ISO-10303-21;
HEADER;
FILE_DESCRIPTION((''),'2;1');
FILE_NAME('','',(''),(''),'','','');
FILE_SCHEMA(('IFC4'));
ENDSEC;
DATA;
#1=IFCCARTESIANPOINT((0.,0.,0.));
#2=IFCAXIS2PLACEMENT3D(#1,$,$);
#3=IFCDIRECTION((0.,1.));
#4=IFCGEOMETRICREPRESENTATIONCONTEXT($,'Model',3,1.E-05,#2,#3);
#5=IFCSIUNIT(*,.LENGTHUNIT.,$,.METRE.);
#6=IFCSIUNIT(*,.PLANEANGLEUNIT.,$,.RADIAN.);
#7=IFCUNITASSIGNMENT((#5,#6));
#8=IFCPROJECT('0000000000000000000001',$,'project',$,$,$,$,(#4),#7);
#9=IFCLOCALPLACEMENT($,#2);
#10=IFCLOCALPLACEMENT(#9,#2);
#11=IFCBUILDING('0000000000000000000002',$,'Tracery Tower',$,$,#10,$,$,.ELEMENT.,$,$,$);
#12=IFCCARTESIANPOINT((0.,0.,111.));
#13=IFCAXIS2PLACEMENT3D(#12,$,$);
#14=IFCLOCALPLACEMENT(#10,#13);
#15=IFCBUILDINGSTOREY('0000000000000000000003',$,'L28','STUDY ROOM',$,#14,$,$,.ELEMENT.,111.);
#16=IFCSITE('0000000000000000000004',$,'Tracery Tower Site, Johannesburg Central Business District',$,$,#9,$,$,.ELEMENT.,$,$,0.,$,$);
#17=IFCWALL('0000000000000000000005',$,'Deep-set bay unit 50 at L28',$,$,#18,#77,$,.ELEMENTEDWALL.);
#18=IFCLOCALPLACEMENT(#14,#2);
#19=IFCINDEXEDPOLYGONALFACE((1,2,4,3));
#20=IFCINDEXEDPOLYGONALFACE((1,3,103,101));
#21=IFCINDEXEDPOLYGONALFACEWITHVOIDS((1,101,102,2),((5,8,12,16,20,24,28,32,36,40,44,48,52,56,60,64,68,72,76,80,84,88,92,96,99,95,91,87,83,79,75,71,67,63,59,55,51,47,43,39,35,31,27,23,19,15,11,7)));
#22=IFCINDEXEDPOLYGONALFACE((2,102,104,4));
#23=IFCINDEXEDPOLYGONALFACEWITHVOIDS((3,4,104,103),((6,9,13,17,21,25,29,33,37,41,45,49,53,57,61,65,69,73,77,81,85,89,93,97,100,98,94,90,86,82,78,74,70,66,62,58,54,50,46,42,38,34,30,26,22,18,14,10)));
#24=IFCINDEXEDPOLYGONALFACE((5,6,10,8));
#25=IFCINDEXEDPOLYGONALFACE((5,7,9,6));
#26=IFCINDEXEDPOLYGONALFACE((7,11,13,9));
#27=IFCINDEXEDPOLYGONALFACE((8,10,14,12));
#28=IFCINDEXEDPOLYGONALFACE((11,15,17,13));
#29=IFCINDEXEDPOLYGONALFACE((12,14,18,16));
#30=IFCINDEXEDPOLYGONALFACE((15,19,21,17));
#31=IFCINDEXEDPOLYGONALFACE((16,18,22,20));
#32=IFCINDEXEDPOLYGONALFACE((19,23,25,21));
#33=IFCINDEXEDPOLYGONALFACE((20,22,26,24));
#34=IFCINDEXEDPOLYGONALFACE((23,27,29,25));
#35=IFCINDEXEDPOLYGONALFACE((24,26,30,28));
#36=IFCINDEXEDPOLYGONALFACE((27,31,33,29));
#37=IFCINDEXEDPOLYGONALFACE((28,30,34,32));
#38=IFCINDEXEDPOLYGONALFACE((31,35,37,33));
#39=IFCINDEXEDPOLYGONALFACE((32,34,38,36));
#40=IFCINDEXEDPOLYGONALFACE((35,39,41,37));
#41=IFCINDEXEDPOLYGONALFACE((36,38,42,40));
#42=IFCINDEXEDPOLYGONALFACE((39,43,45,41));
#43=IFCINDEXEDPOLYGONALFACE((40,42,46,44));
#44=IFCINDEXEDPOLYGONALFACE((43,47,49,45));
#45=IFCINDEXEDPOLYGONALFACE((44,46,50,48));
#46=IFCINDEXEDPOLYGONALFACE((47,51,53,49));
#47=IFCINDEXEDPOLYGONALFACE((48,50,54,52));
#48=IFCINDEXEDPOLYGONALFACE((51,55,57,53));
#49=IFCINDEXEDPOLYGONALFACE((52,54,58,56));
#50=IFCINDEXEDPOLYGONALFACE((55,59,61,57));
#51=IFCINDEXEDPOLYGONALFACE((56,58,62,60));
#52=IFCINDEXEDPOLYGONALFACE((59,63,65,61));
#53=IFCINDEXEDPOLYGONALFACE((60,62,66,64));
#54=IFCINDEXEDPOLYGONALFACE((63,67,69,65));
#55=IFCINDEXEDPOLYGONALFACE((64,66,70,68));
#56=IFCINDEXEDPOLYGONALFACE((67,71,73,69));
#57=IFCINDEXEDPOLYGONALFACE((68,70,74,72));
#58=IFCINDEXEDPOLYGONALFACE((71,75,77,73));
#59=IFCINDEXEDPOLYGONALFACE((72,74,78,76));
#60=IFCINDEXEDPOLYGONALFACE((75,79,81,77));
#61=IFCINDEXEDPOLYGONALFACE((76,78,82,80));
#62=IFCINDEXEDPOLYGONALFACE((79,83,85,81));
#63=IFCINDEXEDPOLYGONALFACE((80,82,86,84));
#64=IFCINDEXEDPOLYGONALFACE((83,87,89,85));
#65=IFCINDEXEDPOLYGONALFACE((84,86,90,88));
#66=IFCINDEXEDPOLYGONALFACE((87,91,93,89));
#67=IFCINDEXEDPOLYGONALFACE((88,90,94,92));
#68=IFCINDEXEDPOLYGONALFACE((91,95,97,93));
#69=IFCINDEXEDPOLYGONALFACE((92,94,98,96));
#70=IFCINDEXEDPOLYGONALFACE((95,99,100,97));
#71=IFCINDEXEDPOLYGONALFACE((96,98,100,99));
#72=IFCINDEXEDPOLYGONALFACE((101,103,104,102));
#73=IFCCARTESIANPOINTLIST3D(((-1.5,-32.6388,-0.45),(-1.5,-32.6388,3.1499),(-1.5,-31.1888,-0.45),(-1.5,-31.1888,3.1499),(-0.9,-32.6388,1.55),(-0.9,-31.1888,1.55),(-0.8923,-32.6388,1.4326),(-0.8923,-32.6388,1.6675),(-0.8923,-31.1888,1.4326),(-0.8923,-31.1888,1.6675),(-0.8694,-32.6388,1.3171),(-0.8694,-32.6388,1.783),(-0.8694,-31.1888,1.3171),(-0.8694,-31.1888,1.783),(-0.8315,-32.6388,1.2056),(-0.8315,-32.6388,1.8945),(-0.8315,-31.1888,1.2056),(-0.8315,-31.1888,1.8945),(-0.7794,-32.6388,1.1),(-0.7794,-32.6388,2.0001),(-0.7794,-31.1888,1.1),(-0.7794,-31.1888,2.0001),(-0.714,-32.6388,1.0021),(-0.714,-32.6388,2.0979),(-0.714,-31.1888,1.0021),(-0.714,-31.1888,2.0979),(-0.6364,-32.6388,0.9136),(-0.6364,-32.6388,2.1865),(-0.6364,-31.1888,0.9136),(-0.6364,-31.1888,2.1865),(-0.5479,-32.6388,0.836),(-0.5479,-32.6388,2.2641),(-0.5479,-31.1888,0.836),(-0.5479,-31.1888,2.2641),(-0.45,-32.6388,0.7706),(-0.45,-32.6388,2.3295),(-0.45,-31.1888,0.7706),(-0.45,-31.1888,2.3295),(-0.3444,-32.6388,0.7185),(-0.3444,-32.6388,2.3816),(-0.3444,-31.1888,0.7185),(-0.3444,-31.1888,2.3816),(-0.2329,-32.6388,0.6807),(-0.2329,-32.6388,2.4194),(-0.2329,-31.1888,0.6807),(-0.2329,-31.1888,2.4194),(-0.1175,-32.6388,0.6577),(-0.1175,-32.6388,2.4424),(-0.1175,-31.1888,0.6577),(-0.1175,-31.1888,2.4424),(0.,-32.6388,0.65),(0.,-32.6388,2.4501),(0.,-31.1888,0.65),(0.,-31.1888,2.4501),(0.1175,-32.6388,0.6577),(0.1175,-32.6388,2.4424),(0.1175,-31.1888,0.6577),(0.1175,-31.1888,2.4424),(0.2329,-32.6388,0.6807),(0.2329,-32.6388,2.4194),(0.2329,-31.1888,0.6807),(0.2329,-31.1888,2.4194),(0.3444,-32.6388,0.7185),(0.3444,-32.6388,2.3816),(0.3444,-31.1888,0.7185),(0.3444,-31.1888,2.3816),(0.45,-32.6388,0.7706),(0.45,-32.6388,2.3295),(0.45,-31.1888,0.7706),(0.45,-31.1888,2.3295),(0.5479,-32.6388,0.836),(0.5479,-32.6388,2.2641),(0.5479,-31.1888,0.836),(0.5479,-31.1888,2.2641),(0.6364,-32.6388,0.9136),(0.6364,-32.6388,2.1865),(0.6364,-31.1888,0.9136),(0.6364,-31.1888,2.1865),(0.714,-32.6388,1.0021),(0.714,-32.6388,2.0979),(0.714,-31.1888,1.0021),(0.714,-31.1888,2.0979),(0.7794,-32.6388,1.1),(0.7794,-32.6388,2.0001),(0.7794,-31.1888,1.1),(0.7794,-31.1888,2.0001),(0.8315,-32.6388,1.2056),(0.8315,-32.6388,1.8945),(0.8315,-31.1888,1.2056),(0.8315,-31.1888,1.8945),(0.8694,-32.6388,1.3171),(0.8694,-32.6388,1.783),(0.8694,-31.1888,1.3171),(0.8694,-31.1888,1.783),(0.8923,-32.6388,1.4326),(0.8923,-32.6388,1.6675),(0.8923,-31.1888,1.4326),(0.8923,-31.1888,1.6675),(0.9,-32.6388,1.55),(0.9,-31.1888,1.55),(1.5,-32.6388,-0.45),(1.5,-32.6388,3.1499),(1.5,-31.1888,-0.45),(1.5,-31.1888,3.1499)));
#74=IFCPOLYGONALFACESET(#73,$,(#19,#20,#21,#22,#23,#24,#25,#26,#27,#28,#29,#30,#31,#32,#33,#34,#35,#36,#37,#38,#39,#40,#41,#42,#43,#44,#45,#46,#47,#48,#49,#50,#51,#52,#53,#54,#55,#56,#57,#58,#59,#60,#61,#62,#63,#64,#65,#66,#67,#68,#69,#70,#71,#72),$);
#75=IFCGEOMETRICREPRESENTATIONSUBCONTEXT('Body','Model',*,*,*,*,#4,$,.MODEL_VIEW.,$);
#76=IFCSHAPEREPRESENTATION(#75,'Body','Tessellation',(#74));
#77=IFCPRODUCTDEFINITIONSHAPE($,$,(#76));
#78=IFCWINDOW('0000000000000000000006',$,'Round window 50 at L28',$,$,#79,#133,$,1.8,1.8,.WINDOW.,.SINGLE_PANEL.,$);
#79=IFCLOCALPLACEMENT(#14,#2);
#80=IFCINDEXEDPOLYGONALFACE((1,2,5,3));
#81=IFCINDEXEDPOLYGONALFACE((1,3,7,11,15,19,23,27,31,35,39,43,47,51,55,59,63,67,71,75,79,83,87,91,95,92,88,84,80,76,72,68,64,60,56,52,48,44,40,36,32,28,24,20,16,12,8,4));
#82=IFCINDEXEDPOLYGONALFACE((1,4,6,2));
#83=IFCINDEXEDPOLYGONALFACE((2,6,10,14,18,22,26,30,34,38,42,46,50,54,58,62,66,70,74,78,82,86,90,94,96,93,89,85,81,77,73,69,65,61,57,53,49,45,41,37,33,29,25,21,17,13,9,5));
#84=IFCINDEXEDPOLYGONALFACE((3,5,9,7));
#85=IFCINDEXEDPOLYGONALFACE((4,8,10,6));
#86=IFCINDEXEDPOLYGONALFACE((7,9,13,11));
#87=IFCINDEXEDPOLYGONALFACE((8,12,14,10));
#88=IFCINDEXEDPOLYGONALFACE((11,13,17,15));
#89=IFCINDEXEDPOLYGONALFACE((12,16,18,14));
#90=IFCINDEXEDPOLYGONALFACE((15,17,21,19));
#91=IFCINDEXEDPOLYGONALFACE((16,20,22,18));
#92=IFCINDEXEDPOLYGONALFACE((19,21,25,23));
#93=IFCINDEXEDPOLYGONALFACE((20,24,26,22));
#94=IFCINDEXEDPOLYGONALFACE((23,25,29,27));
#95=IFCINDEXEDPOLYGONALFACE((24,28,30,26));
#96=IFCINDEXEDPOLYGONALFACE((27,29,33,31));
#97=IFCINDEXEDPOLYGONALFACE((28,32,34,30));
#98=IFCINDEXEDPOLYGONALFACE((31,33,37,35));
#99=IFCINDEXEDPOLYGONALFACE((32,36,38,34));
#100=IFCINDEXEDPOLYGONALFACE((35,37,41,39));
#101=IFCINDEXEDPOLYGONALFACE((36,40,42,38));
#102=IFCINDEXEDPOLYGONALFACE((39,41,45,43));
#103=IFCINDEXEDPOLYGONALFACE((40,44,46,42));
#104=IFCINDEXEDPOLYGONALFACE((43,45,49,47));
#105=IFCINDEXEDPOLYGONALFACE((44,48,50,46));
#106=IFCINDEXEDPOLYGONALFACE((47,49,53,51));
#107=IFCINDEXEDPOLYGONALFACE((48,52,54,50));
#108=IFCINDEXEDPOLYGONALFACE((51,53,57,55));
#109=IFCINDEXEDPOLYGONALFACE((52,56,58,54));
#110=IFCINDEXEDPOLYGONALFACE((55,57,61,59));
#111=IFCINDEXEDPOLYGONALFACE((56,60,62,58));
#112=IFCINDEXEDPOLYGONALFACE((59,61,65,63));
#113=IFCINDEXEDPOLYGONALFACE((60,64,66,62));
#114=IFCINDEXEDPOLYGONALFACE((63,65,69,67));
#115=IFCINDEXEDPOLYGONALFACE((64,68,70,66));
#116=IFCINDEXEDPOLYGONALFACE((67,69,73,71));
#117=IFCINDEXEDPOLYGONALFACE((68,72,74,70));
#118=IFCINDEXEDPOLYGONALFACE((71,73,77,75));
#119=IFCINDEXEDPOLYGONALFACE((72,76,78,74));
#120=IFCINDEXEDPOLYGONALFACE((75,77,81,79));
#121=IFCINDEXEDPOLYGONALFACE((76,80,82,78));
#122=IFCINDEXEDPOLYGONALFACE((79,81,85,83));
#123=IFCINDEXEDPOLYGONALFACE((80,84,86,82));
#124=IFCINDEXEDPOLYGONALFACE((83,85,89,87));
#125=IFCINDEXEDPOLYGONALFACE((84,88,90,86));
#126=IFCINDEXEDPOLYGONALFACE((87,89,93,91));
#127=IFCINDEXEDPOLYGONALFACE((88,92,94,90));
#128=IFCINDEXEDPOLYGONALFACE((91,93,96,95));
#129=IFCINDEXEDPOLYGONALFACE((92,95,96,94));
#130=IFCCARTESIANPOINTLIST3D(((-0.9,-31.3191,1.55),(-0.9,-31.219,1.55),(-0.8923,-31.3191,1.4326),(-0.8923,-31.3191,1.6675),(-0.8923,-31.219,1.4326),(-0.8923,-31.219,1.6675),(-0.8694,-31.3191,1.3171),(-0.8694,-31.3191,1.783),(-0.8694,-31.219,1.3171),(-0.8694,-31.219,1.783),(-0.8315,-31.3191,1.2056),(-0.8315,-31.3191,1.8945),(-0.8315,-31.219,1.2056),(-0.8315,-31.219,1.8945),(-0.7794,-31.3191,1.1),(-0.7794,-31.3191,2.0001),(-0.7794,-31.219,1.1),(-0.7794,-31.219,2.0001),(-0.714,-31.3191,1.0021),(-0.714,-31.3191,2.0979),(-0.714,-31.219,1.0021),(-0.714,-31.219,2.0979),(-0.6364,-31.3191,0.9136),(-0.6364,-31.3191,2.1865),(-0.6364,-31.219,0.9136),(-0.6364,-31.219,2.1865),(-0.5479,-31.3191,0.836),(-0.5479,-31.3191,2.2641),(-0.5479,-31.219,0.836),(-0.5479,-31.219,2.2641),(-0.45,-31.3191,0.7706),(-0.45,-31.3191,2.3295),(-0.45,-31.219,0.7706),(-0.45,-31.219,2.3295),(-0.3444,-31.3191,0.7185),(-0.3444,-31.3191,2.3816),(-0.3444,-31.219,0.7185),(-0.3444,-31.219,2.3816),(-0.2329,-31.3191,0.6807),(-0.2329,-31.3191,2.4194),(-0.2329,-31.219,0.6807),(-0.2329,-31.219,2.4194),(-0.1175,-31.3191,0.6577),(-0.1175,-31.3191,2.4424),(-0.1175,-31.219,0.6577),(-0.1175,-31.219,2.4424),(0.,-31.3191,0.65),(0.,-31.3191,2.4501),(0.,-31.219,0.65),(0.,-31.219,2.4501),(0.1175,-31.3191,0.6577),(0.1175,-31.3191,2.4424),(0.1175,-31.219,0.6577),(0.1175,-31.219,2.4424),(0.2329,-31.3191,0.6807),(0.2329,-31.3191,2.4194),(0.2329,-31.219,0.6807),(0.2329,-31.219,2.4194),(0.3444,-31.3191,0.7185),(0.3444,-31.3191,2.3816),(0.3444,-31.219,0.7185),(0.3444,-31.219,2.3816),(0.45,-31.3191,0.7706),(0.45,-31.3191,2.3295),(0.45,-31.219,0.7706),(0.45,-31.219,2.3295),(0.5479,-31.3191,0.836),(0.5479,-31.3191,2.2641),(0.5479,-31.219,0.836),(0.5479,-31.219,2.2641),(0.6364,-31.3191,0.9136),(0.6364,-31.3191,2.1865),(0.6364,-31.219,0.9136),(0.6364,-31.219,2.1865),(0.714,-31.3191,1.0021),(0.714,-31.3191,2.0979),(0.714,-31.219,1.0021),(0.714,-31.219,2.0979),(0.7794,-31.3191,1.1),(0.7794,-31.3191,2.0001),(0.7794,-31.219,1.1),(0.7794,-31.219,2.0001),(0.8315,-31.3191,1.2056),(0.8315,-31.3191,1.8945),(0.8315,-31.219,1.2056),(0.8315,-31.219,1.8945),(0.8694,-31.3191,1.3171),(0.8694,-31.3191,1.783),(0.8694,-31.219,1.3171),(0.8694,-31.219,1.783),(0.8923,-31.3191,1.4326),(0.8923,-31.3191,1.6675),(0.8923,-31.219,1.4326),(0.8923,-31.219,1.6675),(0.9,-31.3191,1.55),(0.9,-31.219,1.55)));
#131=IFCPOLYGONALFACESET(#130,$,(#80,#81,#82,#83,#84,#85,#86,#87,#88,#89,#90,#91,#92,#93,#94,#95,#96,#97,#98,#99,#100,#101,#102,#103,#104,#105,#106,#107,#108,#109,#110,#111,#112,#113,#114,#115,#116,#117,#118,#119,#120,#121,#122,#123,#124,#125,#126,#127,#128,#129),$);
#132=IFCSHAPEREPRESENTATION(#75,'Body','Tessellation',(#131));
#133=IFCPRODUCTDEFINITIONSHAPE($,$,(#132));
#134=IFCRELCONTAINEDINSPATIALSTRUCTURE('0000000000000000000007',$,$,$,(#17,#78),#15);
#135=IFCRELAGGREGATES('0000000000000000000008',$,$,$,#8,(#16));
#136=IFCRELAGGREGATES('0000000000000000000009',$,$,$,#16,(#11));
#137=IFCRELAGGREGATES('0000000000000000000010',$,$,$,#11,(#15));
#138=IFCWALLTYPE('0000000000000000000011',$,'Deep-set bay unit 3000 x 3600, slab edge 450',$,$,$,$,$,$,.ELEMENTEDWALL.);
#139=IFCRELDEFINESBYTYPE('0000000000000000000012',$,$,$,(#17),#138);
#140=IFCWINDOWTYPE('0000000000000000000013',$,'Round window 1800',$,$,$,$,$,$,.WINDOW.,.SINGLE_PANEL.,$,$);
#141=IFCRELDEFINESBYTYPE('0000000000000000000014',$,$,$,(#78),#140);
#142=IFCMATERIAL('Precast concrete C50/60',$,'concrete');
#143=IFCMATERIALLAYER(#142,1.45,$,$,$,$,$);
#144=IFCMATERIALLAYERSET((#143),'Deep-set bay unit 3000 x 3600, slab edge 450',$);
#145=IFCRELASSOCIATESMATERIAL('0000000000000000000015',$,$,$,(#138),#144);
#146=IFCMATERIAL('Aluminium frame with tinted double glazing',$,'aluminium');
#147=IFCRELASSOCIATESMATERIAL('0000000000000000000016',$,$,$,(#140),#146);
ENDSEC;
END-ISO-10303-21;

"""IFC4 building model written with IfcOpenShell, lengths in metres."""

from ifc_helpers import new_model, si_unit, direction, frame, frame_2d, origin, origin_2d, place, context, subcontext, project, spatial, rectangle, circle, extrude, material, layer, layer_set, type_object, element, fill, save


model = new_model("IFC4")

# Units and contexts
model_context = context("Model", 3, precision=1e-05, world=origin(), true_north=direction((0.0, 1.0)))
body_context = subcontext(model_context, "Body", "Model", "MODEL_VIEW")
ifc_project = project(units=[si_unit("LENGTHUNIT", "METRE"), si_unit("PLANEANGLEUNIT", "RADIAN")], contexts=[model_context])

# Site, building, storey
site_placement = place(None, origin())
site = spatial("IfcSite", under=ifc_project, at=site_placement, Name="Tracery Tower Site, Johannesburg Central Business District", CompositionType="ELEMENT", RefElevation=0.0)
building_placement = place(site_placement, origin())
building = spatial("IfcBuilding", under=site, at=building_placement, Name="Tracery Tower", CompositionType="ELEMENT")
storey_placement = place(building_placement, frame((0.0, 0.0, 111.0)))
storey = spatial("IfcBuildingStorey", under=building, at=storey_placement, Name="L28", Description="STUDY ROOM", CompositionType="ELEMENT", Elevation=111.0)

# Wall, opening, window
ifc_material_1 = material(Name="Precast concrete C50/60", Category="concrete")
ifc_layer_1 = layer(ifc_material_1, 1.45)
ifc_layer_set_1 = layer_set([ifc_layer_1], Name="Deep-set bay unit 3000 x 3600, slab edge 450")
wall_type_1 = type_object("IfcWallType", Name="Deep-set bay unit 3000 x 3600, slab edge 450", PredefinedType="ELEMENTEDWALL", material=ifc_layer_set_1)
ifc_material_2 = material(Name="Aluminium frame with tinted double glazing", Category="aluminium")
window_type = type_object("IfcWindowType", Name="Round window 1800", PartitioningType="SINGLE_PANEL", PredefinedType="WINDOW", material=ifc_material_2)
wall_1_placement = place(storey_placement, frame((-1.5, -31.9138, -0.45), z_axis=(0.0, 0.0, 1.0), x_axis=(1.0, 0.0, 0.0)))
wall_1 = element("IfcWall", 1, at=wall_1_placement, inside=storey, type_object=wall_type_1, Name="Deep-set bay unit 50 at L28", PredefinedType="ELEMENTEDWALL", context=body_context, shape_type="SweptSolid", body=[
    extrude(rectangle(XDim=3.0, YDim=1.45, at=frame_2d((1.5, 0.0))), origin(), (0.0, 0.0, 1.0), 3.5999),
])
opening_1_placement = place(wall_1_placement, frame((1.5, 0.0, 2.0)))
opening_1 = element("IfcOpeningElement", 2, at=opening_1_placement, cuts=wall_1, PredefinedType="OPENING", context=body_context, shape_type="SweptSolid", body=[
    extrude(circle(Radius=0.9, at=origin_2d()), frame((0.0, 0.7349, 0.0), z_axis=(0.0, -1.0, 0.0), x_axis=(1.0, 0.0, 0.0)), (0.0, 0.0, 1.0), 1.47),
])
window_1_placement = place(opening_1_placement, origin())
window_1 = element("IfcWindow", 3, at=window_1_placement, inside=storey, type_object=window_type, Name="Round window 50 at L28", OverallHeight=1.8, OverallWidth=1.8, PartitioningType="SINGLE_PANEL", PredefinedType="WINDOW", context=body_context, shape_type="SweptSolid", body=[
    extrude(circle(Radius=0.9, at=origin_2d()), frame((0.0, 0.6948, 0.0), z_axis=(0.0, -1.0, 0.0), x_axis=(1.0, 0.0, 0.0)), (0.0, 0.0, 1.0), 0.1001),
])
fill(opening_1, window_1)

save(model, "model.ifc")
